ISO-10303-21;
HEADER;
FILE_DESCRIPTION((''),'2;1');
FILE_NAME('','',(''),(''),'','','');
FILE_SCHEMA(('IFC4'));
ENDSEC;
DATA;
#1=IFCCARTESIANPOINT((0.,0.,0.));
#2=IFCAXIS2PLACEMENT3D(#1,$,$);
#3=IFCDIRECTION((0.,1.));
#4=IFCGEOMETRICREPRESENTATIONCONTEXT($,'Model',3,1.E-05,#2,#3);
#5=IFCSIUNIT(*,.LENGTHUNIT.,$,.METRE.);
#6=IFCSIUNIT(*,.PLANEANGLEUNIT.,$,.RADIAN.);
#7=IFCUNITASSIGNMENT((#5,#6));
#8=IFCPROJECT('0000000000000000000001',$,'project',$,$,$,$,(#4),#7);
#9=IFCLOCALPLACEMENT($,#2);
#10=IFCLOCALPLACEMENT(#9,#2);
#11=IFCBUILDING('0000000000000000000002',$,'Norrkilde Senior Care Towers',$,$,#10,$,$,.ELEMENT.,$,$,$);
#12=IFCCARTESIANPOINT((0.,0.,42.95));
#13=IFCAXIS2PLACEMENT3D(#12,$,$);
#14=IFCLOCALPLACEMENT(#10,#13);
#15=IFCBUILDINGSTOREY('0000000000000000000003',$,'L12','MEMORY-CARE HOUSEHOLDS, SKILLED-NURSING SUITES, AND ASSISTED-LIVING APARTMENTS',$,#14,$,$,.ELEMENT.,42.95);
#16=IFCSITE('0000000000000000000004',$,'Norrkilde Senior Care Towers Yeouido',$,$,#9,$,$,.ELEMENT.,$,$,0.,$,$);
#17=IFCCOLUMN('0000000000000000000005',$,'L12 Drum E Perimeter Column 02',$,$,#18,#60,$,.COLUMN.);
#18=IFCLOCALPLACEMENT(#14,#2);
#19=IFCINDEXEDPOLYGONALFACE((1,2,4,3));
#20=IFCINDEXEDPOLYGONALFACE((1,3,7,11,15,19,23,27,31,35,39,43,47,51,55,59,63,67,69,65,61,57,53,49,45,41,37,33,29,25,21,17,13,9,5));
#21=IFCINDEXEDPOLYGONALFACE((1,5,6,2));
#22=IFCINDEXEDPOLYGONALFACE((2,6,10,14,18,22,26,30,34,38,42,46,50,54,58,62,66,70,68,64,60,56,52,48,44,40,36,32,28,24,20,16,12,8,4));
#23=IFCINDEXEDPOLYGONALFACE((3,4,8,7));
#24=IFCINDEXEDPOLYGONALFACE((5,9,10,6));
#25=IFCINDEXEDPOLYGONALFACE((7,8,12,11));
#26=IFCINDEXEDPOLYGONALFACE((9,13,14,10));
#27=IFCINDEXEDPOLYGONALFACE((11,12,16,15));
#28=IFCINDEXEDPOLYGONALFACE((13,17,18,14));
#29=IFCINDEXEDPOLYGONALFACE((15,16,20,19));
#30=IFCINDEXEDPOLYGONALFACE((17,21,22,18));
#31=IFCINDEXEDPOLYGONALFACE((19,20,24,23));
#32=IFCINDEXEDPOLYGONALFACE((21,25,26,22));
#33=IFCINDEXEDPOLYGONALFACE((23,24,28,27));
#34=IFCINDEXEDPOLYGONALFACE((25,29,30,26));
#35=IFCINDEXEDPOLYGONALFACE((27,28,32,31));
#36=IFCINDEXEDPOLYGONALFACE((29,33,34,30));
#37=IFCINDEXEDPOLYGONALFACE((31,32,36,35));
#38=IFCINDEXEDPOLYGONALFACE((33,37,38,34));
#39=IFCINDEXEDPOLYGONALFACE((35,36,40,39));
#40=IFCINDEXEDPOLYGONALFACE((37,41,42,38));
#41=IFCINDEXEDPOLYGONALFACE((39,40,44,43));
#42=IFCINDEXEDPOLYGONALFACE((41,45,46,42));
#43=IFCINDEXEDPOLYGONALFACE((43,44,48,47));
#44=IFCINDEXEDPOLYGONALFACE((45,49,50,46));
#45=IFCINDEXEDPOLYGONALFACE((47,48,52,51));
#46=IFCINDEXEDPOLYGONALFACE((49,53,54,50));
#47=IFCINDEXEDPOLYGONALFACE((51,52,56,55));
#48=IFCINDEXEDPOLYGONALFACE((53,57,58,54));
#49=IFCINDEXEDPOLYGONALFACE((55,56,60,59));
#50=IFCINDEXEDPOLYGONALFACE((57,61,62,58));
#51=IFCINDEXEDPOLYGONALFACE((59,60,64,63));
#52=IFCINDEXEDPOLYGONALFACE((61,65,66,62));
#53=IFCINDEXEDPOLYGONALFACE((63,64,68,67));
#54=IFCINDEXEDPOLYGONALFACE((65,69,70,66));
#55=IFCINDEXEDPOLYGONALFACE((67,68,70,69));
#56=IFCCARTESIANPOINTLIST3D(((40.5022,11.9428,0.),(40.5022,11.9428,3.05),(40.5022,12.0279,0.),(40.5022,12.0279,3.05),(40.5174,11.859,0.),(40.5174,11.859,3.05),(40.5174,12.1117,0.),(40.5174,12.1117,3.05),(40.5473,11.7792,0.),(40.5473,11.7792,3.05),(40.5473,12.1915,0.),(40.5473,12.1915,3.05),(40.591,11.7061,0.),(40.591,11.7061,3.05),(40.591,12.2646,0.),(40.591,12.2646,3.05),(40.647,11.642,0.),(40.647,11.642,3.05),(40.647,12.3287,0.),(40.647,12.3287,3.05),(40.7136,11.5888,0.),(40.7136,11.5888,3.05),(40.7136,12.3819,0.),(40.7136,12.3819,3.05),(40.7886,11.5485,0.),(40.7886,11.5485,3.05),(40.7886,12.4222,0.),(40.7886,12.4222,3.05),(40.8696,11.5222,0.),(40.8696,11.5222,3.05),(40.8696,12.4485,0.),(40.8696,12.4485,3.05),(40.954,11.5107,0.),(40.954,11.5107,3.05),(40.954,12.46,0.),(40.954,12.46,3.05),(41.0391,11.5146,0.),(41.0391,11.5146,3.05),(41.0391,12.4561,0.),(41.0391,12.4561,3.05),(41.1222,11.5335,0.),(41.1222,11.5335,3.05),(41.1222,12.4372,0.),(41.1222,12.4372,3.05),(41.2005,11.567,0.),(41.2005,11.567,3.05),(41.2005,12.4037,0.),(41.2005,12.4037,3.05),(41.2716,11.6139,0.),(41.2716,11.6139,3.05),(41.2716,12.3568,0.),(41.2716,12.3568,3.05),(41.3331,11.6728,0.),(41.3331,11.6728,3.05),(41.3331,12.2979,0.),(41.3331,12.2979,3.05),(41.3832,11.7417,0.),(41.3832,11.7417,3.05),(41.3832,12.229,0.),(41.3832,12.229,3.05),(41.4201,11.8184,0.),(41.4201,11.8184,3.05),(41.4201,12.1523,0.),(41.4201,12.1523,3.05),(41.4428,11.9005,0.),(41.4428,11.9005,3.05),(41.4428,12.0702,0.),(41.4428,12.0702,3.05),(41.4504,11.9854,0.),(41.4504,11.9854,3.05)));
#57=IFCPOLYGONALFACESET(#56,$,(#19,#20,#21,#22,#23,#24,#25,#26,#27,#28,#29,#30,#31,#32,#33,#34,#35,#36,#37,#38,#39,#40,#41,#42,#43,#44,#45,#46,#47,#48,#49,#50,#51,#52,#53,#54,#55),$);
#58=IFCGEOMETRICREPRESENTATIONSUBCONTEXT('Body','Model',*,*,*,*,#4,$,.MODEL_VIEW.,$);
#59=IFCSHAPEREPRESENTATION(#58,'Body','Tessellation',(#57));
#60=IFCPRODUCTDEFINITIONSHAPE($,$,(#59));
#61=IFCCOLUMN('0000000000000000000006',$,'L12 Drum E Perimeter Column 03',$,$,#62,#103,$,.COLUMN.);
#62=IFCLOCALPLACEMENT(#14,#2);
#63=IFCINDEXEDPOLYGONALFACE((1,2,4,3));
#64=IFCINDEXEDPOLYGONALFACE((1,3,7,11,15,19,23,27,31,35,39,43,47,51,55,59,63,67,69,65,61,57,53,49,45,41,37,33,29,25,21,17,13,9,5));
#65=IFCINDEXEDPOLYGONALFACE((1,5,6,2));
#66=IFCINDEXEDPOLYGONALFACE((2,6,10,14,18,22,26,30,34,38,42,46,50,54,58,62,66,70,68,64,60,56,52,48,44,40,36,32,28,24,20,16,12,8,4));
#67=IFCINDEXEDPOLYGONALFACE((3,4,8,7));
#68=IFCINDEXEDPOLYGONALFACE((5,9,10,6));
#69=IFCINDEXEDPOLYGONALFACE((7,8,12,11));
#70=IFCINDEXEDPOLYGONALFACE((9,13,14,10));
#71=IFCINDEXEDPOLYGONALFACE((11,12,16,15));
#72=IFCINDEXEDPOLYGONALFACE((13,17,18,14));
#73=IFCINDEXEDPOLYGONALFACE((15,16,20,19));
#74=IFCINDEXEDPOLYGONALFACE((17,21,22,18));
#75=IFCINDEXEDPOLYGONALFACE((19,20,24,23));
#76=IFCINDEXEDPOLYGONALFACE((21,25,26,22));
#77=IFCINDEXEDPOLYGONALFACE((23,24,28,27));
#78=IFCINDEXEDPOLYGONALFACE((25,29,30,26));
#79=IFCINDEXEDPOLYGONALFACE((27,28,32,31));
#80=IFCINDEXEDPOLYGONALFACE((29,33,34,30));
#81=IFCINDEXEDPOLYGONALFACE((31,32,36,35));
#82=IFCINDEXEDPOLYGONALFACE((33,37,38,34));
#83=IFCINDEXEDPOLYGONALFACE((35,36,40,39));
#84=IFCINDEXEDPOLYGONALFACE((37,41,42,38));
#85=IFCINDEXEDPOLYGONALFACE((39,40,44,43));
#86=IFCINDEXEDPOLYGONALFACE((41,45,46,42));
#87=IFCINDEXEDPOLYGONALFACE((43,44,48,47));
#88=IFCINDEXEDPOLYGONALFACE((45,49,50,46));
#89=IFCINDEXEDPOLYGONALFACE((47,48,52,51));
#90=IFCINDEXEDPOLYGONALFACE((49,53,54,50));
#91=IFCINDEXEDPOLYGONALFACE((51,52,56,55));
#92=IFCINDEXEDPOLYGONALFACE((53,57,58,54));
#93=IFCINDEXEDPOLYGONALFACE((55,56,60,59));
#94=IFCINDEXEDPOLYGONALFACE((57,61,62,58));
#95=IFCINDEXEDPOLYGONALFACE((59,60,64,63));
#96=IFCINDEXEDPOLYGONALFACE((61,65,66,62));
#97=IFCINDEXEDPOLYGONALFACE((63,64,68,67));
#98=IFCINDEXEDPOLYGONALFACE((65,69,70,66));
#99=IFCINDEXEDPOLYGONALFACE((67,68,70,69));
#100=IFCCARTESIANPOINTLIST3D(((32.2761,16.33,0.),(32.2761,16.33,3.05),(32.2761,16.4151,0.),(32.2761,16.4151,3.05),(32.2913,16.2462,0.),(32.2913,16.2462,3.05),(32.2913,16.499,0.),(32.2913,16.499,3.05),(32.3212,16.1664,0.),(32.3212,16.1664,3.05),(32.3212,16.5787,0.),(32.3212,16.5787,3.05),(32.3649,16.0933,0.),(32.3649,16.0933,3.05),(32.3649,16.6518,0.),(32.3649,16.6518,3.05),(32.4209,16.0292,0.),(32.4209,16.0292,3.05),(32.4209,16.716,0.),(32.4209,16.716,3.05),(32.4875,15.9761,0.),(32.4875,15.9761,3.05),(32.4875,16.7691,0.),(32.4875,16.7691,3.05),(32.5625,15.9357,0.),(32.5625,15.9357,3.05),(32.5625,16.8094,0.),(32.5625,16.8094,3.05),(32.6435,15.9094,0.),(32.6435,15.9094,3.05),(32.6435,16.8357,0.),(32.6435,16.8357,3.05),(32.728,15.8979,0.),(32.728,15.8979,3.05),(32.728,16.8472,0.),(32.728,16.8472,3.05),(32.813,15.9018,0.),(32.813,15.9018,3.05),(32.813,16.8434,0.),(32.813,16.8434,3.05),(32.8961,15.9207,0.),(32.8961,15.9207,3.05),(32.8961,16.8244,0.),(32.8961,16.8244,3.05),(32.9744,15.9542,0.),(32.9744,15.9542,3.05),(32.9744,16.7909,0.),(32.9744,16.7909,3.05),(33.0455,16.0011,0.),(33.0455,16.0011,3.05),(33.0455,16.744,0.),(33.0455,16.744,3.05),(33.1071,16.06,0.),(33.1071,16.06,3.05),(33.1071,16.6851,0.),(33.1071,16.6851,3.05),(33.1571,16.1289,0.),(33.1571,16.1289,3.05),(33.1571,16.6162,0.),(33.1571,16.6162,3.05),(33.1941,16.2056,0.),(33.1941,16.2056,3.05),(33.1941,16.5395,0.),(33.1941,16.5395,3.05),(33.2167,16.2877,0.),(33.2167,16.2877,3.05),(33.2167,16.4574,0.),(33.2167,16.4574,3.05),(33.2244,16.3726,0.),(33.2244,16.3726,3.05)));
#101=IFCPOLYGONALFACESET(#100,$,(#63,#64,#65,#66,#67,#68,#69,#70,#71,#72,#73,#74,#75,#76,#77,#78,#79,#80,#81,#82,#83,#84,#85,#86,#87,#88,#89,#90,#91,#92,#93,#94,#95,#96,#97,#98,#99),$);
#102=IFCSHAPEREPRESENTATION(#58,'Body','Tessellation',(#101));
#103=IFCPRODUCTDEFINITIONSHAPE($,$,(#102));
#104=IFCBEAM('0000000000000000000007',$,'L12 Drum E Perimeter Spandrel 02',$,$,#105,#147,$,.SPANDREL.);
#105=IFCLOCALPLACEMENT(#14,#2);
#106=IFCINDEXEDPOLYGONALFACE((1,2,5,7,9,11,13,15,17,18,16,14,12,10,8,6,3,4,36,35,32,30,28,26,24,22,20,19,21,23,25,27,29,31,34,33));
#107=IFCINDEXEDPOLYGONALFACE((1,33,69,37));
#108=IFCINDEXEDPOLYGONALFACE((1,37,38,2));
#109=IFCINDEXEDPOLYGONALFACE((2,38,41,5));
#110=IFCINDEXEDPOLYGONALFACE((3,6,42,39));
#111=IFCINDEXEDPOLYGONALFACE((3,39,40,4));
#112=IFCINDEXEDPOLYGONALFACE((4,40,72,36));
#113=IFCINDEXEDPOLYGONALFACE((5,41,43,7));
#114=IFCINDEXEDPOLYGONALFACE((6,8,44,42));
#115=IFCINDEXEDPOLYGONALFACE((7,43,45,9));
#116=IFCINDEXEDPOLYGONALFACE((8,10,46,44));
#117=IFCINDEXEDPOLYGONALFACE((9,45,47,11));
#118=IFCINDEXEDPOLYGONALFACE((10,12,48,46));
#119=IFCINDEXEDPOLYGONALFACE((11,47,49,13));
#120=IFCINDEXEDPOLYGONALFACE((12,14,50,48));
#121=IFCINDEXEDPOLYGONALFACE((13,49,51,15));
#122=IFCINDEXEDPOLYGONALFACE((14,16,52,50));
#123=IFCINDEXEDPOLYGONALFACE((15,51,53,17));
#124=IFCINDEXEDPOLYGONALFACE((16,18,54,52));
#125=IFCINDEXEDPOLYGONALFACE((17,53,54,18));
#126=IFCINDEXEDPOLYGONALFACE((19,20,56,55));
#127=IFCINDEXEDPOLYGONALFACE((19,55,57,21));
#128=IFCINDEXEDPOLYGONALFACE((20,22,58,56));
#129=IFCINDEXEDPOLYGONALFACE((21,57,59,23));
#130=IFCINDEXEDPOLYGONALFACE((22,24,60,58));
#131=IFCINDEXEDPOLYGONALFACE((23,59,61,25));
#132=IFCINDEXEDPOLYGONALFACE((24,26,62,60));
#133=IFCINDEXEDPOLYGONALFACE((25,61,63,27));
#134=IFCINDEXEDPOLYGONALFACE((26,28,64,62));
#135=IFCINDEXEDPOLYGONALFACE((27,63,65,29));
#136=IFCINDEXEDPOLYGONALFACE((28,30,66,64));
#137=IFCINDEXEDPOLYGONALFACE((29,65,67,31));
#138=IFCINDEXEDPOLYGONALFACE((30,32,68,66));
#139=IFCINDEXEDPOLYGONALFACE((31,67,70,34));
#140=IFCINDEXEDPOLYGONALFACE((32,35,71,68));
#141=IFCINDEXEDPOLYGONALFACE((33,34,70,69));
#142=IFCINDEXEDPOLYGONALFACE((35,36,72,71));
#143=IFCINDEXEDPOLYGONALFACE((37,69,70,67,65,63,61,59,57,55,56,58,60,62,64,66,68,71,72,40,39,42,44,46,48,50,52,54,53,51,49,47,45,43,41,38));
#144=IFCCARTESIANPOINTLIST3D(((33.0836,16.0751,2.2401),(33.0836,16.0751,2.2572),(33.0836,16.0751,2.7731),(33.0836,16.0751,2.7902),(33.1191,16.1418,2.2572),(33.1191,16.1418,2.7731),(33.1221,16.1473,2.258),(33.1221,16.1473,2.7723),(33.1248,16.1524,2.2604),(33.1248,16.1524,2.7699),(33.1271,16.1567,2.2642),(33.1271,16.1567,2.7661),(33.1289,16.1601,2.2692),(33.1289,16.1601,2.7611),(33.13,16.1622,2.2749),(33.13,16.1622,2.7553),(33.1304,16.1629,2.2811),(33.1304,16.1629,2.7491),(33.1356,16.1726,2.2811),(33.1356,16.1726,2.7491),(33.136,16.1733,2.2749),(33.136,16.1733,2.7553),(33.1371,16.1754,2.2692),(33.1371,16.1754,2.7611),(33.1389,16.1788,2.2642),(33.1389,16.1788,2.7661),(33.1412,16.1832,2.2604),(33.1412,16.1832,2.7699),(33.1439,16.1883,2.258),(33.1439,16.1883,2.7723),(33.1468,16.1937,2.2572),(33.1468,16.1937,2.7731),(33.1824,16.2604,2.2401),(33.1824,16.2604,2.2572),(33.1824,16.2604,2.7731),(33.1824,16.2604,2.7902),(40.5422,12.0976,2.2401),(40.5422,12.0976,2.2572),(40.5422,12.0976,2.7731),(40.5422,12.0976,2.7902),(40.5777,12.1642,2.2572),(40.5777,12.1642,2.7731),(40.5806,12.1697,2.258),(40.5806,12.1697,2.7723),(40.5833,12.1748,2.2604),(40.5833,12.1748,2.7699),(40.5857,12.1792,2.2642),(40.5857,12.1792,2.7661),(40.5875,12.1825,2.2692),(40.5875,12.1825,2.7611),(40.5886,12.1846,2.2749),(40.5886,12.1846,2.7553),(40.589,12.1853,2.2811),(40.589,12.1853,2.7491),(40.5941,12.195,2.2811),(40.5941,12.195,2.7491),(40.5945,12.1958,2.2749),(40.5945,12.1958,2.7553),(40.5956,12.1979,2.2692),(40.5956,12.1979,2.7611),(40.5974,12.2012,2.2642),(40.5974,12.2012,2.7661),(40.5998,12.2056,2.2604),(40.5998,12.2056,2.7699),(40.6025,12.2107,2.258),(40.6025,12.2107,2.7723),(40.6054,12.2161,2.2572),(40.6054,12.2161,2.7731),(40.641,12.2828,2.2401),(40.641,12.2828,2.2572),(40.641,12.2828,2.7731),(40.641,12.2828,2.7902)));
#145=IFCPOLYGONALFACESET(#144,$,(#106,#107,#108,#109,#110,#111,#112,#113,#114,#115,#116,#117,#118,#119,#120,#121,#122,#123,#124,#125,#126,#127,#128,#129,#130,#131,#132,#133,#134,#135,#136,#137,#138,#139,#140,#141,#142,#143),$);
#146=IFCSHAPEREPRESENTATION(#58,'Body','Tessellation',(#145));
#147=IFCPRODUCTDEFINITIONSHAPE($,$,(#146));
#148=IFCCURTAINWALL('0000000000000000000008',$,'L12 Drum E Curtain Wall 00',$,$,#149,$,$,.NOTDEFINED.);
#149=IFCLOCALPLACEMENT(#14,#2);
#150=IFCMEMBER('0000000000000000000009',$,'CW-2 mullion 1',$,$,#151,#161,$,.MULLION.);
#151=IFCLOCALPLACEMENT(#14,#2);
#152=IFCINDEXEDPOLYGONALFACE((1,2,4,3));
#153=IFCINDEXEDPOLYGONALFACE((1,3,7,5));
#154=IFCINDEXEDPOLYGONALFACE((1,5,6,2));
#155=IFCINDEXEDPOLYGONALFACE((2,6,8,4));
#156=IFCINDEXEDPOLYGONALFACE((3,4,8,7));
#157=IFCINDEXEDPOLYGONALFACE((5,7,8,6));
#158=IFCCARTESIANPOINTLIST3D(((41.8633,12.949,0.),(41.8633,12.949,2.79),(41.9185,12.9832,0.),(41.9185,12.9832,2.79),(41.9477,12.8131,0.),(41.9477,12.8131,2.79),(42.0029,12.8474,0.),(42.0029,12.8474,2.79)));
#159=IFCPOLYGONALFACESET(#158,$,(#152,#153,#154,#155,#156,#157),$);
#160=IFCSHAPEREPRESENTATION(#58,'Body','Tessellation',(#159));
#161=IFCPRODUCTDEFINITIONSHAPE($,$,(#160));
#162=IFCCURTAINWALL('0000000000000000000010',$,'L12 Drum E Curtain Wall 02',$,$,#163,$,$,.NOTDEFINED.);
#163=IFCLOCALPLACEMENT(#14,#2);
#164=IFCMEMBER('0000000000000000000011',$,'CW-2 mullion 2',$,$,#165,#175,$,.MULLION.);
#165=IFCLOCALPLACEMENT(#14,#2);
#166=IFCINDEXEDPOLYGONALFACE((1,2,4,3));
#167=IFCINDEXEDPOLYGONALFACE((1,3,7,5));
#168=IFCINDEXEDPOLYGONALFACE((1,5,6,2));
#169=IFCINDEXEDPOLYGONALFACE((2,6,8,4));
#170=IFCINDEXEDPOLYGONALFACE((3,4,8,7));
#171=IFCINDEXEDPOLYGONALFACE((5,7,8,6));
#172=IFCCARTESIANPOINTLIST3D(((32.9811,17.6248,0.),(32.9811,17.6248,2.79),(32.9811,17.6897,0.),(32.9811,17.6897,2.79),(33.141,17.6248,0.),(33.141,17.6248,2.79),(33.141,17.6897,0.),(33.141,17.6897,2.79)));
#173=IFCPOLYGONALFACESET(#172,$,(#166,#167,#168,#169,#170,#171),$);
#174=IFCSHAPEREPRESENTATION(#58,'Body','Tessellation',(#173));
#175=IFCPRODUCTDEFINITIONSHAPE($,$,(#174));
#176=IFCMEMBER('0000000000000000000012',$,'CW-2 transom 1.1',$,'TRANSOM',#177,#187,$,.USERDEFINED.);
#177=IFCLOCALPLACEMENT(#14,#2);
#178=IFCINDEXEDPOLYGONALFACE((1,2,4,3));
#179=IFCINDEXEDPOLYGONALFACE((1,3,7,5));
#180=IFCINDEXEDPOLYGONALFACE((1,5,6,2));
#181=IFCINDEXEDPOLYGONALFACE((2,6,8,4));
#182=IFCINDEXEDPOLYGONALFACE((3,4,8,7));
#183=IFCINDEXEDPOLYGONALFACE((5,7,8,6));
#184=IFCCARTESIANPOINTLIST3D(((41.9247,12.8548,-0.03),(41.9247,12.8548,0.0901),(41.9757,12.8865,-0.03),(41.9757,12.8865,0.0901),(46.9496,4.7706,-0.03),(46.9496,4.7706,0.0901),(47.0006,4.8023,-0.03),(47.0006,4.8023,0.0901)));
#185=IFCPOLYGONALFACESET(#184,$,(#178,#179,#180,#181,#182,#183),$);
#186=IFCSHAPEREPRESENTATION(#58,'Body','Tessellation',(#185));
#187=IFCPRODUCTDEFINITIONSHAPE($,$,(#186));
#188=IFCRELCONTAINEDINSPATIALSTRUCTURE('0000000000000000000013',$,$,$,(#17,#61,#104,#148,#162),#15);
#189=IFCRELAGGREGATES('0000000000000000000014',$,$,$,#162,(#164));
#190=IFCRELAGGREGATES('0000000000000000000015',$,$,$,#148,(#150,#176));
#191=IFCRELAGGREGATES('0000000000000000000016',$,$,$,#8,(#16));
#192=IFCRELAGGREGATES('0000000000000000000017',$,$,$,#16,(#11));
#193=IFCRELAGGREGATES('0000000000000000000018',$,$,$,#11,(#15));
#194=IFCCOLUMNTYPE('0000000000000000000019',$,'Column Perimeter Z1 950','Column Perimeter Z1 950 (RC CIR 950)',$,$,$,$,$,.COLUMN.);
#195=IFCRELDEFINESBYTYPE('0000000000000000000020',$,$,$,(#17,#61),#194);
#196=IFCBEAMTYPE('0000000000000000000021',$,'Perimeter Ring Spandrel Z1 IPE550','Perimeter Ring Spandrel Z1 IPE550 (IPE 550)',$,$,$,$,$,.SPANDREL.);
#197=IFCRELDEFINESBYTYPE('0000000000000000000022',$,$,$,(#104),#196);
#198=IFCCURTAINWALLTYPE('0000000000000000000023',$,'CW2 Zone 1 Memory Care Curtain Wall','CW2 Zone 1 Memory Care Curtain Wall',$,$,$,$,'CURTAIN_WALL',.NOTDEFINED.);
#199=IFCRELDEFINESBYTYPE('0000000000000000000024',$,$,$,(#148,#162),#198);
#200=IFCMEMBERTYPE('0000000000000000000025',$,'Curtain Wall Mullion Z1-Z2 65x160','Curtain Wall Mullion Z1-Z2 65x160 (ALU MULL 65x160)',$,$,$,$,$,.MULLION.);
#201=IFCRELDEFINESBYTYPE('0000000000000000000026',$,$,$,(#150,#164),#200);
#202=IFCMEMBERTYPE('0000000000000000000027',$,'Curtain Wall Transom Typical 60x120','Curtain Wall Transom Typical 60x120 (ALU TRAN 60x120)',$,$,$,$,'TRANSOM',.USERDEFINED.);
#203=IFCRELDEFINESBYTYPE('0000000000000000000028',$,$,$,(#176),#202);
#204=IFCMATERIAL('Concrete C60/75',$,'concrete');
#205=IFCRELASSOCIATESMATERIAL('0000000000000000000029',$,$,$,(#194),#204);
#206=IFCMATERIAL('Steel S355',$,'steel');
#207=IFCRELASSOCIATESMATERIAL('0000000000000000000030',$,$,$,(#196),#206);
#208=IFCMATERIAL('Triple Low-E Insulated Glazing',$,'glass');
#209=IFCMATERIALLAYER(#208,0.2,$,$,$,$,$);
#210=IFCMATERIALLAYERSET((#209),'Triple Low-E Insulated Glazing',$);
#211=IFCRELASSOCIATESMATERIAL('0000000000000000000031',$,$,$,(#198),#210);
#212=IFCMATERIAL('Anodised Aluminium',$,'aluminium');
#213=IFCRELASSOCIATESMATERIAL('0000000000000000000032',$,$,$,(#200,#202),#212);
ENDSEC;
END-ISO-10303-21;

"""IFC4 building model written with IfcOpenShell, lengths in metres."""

from ifc_helpers import new_model, si_unit, direction, frame, origin, origin_2d, place, context, subcontext, project, spatial, rectangle, circle, i_section, extrude, source, transform, mapped, material, layer, layer_set, material_profile, profile_set, type_object, type_shapes, element, aggregate, save


model = new_model("IFC4")

# Units and contexts
model_context = context("Model", 3, precision=1e-05, world=origin(), true_north=direction((0.0, 1.0)))
body_context = subcontext(model_context, "Body", "Model", "MODEL_VIEW")
ifc_project = project(units=[si_unit("LENGTHUNIT", "METRE"), si_unit("PLANEANGLEUNIT", "RADIAN")], contexts=[model_context])

# Site, building, storey
site_placement = place(None, origin())
site = spatial("IfcSite", under=ifc_project, at=site_placement, Name="Norrkilde Senior Care Towers Yeouido", CompositionType="ELEMENT", RefElevation=0.0)
building_placement = place(site_placement, origin())
building = spatial("IfcBuilding", under=site, at=building_placement, Name="Norrkilde Senior Care Towers", CompositionType="ELEMENT")
storey_placement = place(building_placement, frame((0.0, 0.0, 42.95)))
storey = spatial("IfcBuildingStorey", under=building, at=storey_placement, Name="L12", Description="MEMORY-CARE HOUSEHOLDS, SKILLED-NURSING SUITES, AND ASSISTED-LIVING APARTMENTS", CompositionType="ELEMENT", Elevation=42.95)

# Columns
ifc_material_1 = material(Name="Concrete C60/75", Category="concrete")
ifc_material_profile_1 = material_profile(ifc_material_1, circle(Radius=0.4751, at=origin_2d()), Name="RC CIR 950")
ifc_profile_set_1 = profile_set([ifc_material_profile_1], Name="Concrete C60/75")
column_type = type_object("IfcColumnType", Name="Column Perimeter Z1 950", Description="Column Perimeter Z1 950 (RC CIR 950)", PredefinedType="COLUMN", material=ifc_profile_set_1)
shared_shape_1 = source(origin(), body_context, "Body", "SweptSolid", [
    extrude(circle(Radius=0.4751, at=origin_2d()), origin(), (0.0, 0.0, 1.0), 3.05),
])
type_shapes(column_type, [shared_shape_1])
for number, where, z_axis, x_axis, name in (
    (1, (40.9753, 11.9854, 0.0), (0.0, 0.0, 1.0), (1.0, 0.0, 0.0), "L12 Drum E Perimeter Column 02"),
    (2, (32.7493, 16.3726, 0.0), (0.0, 0.0, 1.0), (1.0, 0.0, 0.0), "L12 Drum E Perimeter Column 03"),
):
    element("IfcColumn", number, at=place(storey_placement, frame(where, z_axis=z_axis, x_axis=x_axis)), inside=storey, type_object=column_type, Name=name, PredefinedType="COLUMN", context=body_context, shape_type="MappedRepresentation", body=[
        mapped(shared_shape_1, transform((0.0, 0.0, 0.0), x_axis=(1.0, 0.0, 0.0), y_axis=(0.0, 1.0, 0.0), z_axis=(0.0, 0.0, 1.0), scale=1.0)),
    ])

# Beam
ifc_material_2 = material(Name="Steel S355", Category="steel")
ifc_material_profile_2 = material_profile(ifc_material_2, i_section(OverallWidth=0.21, OverallDepth=0.55, WebThickness=0.011, FlangeThickness=0.0171, FilletRadius=0.0239, at=origin_2d()), Name="IPE 550")
ifc_profile_set_2 = profile_set([ifc_material_profile_2], Name="Steel S355")
beam_type = type_object("IfcBeamType", Name="Perimeter Ring Spandrel Z1 IPE550", Description="Perimeter Ring Spandrel Z1 IPE550 (IPE 550)", PredefinedType="SPANDREL", material=ifc_profile_set_2)
shared_shape_2 = source(origin(), body_context, "Body", "SweptSolid", [
    extrude(i_section(OverallWidth=0.21, OverallDepth=0.55, WebThickness=0.011, FlangeThickness=0.0171, FilletRadius=0.0239, at=origin_2d()), origin(), (0.0, 0.0, 1.0), 8.4529),
])
type_shapes(beam_type, [shared_shape_2])
beam_placement = place(storey_placement, frame((40.5916, 12.1902, 2.5151), z_axis=(-0.882369, 0.470558, 0.0), x_axis=(-0.470558, -0.882369, 0.0)))
element("IfcBeam", 3, at=beam_placement, inside=storey, type_object=beam_type, Name="L12 Drum E Perimeter Spandrel 02", PredefinedType="SPANDREL", context=body_context, shape_type="MappedRepresentation", body=[
    mapped(shared_shape_2, transform((0.0, 0.0, 0.0), x_axis=(1.0, 0.0, 0.0), y_axis=(0.0, 1.0, 0.0), z_axis=(0.0, 0.0, 1.0), scale=1.0)),
])

# Curtain walls, members
ifc_material_3 = material(Name="Triple Low-E Insulated Glazing", Category="glass")
ifc_layer_1 = layer(ifc_material_3, 0.2)
ifc_layer_set_1 = layer_set([ifc_layer_1], Name="Triple Low-E Insulated Glazing")
curtain_wall_type = type_object("IfcCurtainWallType", Name="CW2 Zone 1 Memory Care Curtain Wall", Description="CW2 Zone 1 Memory Care Curtain Wall", ElementType="CURTAIN_WALL", PredefinedType="NOTDEFINED", material=ifc_layer_set_1)
curtain_wall_1_placement = place(storey_placement, origin())
curtain_wall_1 = element("IfcCurtainWall", 4, at=curtain_wall_1_placement, inside=storey, type_object=curtain_wall_type, Name="L12 Drum E Curtain Wall 00", PredefinedType="NOTDEFINED")
ifc_material_4 = material(Name="Anodised Aluminium", Category="aluminium")
ifc_material_profile_3 = material_profile(ifc_material_4, rectangle(XDim=0.0649, YDim=0.1599, at=origin_2d()), Name="ALU MULL 65x160")
ifc_profile_set_3 = profile_set([ifc_material_profile_3], Name="Anodised Aluminium")
member_type_1 = type_object("IfcMemberType", Name="Curtain Wall Mullion Z1-Z2 65x160", Description="Curtain Wall Mullion Z1-Z2 65x160 (ALU MULL 65x160)", PredefinedType="MULLION", material=ifc_profile_set_3)
shared_shape_3 = source(origin(), body_context, "Body", "SweptSolid", [
    extrude(rectangle(XDim=0.0649, YDim=0.1599, at=origin_2d()), origin(), (0.0, 0.0, 1.0), 2.79),
])
type_shapes(member_type_1, [shared_shape_3])
member_1_placement = place(storey_placement, frame((41.9331, 12.8982, 0.0), z_axis=(0.0, 0.0, 1.0), x_axis=(0.849306, 0.527901, 0.0)))
member_1 = element("IfcMember", 5, at=member_1_placement, type_object=member_type_1, Name="CW-2 mullion 1", PredefinedType="MULLION", context=body_context, shape_type="MappedRepresentation", body=[
    mapped(shared_shape_3, transform((0.0, 0.0, 0.0), x_axis=(1.0, 0.0, 0.0), y_axis=(0.0, 1.0, 0.0), z_axis=(0.0, 0.0, 1.0), scale=1.0)),
])
curtain_wall_2_placement = place(storey_placement, origin())
curtain_wall_2 = element("IfcCurtainWall", 6, at=curtain_wall_2_placement, inside=storey, type_object=curtain_wall_type, Name="L12 Drum E Curtain Wall 02", PredefinedType="NOTDEFINED")
member_2_placement = place(storey_placement, frame((33.061, 17.6572, 0.0), z_axis=(0.0, 0.0, 1.0), x_axis=(0.0, 1.0, 0.0)))
member_2 = element("IfcMember", 7, at=member_2_placement, type_object=member_type_1, Name="CW-2 mullion 2", PredefinedType="MULLION", context=body_context, shape_type="MappedRepresentation", body=[
    mapped(shared_shape_3, transform((0.0, 0.0, 0.0), x_axis=(1.0, 0.0, 0.0), y_axis=(0.0, 1.0, 0.0), z_axis=(0.0, 0.0, 1.0), scale=1.0)),
])
aggregate(curtain_wall_2, [member_2])

# Member
ifc_material_profile_4 = material_profile(ifc_material_4, rectangle(XDim=0.0601, YDim=0.1201, at=origin_2d()), Name="ALU TRAN 60x120")
ifc_profile_set_4 = profile_set([ifc_material_profile_4], Name="Anodised Aluminium")
member_type_2 = type_object("IfcMemberType", Name="Curtain Wall Transom Typical 60x120", Description="Curtain Wall Transom Typical 60x120 (ALU TRAN 60x120)", ElementType="TRANSOM", PredefinedType="USERDEFINED", material=ifc_profile_set_4)
shared_shape_4 = source(origin(), body_context, "Body", "SweptSolid", [
    extrude(rectangle(XDim=0.0601, YDim=0.1201, at=origin_2d()), origin(), (0.0, 0.0, 1.0), 9.5186),
])
type_shapes(member_type_2, [shared_shape_4])
member_3_placement = place(storey_placement, frame((41.9502, 12.8706, 0.03), z_axis=(0.527902, -0.849306, 0.0), x_axis=(0.849306, 0.527902, 0.0)))
member_3 = element("IfcMember", 8, at=member_3_placement, type_object=member_type_2, Name="CW-2 transom 1.1", ObjectType="TRANSOM", PredefinedType="USERDEFINED", context=body_context, shape_type="MappedRepresentation", body=[
    mapped(shared_shape_4, transform((0.0, 0.0, 0.0), x_axis=(1.0, 0.0, 0.0), y_axis=(0.0, 1.0, 0.0), z_axis=(0.0, 0.0, 1.0), scale=1.0)),
])

aggregate(curtain_wall_1, [member_1, member_3])

save(model, "model.ifc")
